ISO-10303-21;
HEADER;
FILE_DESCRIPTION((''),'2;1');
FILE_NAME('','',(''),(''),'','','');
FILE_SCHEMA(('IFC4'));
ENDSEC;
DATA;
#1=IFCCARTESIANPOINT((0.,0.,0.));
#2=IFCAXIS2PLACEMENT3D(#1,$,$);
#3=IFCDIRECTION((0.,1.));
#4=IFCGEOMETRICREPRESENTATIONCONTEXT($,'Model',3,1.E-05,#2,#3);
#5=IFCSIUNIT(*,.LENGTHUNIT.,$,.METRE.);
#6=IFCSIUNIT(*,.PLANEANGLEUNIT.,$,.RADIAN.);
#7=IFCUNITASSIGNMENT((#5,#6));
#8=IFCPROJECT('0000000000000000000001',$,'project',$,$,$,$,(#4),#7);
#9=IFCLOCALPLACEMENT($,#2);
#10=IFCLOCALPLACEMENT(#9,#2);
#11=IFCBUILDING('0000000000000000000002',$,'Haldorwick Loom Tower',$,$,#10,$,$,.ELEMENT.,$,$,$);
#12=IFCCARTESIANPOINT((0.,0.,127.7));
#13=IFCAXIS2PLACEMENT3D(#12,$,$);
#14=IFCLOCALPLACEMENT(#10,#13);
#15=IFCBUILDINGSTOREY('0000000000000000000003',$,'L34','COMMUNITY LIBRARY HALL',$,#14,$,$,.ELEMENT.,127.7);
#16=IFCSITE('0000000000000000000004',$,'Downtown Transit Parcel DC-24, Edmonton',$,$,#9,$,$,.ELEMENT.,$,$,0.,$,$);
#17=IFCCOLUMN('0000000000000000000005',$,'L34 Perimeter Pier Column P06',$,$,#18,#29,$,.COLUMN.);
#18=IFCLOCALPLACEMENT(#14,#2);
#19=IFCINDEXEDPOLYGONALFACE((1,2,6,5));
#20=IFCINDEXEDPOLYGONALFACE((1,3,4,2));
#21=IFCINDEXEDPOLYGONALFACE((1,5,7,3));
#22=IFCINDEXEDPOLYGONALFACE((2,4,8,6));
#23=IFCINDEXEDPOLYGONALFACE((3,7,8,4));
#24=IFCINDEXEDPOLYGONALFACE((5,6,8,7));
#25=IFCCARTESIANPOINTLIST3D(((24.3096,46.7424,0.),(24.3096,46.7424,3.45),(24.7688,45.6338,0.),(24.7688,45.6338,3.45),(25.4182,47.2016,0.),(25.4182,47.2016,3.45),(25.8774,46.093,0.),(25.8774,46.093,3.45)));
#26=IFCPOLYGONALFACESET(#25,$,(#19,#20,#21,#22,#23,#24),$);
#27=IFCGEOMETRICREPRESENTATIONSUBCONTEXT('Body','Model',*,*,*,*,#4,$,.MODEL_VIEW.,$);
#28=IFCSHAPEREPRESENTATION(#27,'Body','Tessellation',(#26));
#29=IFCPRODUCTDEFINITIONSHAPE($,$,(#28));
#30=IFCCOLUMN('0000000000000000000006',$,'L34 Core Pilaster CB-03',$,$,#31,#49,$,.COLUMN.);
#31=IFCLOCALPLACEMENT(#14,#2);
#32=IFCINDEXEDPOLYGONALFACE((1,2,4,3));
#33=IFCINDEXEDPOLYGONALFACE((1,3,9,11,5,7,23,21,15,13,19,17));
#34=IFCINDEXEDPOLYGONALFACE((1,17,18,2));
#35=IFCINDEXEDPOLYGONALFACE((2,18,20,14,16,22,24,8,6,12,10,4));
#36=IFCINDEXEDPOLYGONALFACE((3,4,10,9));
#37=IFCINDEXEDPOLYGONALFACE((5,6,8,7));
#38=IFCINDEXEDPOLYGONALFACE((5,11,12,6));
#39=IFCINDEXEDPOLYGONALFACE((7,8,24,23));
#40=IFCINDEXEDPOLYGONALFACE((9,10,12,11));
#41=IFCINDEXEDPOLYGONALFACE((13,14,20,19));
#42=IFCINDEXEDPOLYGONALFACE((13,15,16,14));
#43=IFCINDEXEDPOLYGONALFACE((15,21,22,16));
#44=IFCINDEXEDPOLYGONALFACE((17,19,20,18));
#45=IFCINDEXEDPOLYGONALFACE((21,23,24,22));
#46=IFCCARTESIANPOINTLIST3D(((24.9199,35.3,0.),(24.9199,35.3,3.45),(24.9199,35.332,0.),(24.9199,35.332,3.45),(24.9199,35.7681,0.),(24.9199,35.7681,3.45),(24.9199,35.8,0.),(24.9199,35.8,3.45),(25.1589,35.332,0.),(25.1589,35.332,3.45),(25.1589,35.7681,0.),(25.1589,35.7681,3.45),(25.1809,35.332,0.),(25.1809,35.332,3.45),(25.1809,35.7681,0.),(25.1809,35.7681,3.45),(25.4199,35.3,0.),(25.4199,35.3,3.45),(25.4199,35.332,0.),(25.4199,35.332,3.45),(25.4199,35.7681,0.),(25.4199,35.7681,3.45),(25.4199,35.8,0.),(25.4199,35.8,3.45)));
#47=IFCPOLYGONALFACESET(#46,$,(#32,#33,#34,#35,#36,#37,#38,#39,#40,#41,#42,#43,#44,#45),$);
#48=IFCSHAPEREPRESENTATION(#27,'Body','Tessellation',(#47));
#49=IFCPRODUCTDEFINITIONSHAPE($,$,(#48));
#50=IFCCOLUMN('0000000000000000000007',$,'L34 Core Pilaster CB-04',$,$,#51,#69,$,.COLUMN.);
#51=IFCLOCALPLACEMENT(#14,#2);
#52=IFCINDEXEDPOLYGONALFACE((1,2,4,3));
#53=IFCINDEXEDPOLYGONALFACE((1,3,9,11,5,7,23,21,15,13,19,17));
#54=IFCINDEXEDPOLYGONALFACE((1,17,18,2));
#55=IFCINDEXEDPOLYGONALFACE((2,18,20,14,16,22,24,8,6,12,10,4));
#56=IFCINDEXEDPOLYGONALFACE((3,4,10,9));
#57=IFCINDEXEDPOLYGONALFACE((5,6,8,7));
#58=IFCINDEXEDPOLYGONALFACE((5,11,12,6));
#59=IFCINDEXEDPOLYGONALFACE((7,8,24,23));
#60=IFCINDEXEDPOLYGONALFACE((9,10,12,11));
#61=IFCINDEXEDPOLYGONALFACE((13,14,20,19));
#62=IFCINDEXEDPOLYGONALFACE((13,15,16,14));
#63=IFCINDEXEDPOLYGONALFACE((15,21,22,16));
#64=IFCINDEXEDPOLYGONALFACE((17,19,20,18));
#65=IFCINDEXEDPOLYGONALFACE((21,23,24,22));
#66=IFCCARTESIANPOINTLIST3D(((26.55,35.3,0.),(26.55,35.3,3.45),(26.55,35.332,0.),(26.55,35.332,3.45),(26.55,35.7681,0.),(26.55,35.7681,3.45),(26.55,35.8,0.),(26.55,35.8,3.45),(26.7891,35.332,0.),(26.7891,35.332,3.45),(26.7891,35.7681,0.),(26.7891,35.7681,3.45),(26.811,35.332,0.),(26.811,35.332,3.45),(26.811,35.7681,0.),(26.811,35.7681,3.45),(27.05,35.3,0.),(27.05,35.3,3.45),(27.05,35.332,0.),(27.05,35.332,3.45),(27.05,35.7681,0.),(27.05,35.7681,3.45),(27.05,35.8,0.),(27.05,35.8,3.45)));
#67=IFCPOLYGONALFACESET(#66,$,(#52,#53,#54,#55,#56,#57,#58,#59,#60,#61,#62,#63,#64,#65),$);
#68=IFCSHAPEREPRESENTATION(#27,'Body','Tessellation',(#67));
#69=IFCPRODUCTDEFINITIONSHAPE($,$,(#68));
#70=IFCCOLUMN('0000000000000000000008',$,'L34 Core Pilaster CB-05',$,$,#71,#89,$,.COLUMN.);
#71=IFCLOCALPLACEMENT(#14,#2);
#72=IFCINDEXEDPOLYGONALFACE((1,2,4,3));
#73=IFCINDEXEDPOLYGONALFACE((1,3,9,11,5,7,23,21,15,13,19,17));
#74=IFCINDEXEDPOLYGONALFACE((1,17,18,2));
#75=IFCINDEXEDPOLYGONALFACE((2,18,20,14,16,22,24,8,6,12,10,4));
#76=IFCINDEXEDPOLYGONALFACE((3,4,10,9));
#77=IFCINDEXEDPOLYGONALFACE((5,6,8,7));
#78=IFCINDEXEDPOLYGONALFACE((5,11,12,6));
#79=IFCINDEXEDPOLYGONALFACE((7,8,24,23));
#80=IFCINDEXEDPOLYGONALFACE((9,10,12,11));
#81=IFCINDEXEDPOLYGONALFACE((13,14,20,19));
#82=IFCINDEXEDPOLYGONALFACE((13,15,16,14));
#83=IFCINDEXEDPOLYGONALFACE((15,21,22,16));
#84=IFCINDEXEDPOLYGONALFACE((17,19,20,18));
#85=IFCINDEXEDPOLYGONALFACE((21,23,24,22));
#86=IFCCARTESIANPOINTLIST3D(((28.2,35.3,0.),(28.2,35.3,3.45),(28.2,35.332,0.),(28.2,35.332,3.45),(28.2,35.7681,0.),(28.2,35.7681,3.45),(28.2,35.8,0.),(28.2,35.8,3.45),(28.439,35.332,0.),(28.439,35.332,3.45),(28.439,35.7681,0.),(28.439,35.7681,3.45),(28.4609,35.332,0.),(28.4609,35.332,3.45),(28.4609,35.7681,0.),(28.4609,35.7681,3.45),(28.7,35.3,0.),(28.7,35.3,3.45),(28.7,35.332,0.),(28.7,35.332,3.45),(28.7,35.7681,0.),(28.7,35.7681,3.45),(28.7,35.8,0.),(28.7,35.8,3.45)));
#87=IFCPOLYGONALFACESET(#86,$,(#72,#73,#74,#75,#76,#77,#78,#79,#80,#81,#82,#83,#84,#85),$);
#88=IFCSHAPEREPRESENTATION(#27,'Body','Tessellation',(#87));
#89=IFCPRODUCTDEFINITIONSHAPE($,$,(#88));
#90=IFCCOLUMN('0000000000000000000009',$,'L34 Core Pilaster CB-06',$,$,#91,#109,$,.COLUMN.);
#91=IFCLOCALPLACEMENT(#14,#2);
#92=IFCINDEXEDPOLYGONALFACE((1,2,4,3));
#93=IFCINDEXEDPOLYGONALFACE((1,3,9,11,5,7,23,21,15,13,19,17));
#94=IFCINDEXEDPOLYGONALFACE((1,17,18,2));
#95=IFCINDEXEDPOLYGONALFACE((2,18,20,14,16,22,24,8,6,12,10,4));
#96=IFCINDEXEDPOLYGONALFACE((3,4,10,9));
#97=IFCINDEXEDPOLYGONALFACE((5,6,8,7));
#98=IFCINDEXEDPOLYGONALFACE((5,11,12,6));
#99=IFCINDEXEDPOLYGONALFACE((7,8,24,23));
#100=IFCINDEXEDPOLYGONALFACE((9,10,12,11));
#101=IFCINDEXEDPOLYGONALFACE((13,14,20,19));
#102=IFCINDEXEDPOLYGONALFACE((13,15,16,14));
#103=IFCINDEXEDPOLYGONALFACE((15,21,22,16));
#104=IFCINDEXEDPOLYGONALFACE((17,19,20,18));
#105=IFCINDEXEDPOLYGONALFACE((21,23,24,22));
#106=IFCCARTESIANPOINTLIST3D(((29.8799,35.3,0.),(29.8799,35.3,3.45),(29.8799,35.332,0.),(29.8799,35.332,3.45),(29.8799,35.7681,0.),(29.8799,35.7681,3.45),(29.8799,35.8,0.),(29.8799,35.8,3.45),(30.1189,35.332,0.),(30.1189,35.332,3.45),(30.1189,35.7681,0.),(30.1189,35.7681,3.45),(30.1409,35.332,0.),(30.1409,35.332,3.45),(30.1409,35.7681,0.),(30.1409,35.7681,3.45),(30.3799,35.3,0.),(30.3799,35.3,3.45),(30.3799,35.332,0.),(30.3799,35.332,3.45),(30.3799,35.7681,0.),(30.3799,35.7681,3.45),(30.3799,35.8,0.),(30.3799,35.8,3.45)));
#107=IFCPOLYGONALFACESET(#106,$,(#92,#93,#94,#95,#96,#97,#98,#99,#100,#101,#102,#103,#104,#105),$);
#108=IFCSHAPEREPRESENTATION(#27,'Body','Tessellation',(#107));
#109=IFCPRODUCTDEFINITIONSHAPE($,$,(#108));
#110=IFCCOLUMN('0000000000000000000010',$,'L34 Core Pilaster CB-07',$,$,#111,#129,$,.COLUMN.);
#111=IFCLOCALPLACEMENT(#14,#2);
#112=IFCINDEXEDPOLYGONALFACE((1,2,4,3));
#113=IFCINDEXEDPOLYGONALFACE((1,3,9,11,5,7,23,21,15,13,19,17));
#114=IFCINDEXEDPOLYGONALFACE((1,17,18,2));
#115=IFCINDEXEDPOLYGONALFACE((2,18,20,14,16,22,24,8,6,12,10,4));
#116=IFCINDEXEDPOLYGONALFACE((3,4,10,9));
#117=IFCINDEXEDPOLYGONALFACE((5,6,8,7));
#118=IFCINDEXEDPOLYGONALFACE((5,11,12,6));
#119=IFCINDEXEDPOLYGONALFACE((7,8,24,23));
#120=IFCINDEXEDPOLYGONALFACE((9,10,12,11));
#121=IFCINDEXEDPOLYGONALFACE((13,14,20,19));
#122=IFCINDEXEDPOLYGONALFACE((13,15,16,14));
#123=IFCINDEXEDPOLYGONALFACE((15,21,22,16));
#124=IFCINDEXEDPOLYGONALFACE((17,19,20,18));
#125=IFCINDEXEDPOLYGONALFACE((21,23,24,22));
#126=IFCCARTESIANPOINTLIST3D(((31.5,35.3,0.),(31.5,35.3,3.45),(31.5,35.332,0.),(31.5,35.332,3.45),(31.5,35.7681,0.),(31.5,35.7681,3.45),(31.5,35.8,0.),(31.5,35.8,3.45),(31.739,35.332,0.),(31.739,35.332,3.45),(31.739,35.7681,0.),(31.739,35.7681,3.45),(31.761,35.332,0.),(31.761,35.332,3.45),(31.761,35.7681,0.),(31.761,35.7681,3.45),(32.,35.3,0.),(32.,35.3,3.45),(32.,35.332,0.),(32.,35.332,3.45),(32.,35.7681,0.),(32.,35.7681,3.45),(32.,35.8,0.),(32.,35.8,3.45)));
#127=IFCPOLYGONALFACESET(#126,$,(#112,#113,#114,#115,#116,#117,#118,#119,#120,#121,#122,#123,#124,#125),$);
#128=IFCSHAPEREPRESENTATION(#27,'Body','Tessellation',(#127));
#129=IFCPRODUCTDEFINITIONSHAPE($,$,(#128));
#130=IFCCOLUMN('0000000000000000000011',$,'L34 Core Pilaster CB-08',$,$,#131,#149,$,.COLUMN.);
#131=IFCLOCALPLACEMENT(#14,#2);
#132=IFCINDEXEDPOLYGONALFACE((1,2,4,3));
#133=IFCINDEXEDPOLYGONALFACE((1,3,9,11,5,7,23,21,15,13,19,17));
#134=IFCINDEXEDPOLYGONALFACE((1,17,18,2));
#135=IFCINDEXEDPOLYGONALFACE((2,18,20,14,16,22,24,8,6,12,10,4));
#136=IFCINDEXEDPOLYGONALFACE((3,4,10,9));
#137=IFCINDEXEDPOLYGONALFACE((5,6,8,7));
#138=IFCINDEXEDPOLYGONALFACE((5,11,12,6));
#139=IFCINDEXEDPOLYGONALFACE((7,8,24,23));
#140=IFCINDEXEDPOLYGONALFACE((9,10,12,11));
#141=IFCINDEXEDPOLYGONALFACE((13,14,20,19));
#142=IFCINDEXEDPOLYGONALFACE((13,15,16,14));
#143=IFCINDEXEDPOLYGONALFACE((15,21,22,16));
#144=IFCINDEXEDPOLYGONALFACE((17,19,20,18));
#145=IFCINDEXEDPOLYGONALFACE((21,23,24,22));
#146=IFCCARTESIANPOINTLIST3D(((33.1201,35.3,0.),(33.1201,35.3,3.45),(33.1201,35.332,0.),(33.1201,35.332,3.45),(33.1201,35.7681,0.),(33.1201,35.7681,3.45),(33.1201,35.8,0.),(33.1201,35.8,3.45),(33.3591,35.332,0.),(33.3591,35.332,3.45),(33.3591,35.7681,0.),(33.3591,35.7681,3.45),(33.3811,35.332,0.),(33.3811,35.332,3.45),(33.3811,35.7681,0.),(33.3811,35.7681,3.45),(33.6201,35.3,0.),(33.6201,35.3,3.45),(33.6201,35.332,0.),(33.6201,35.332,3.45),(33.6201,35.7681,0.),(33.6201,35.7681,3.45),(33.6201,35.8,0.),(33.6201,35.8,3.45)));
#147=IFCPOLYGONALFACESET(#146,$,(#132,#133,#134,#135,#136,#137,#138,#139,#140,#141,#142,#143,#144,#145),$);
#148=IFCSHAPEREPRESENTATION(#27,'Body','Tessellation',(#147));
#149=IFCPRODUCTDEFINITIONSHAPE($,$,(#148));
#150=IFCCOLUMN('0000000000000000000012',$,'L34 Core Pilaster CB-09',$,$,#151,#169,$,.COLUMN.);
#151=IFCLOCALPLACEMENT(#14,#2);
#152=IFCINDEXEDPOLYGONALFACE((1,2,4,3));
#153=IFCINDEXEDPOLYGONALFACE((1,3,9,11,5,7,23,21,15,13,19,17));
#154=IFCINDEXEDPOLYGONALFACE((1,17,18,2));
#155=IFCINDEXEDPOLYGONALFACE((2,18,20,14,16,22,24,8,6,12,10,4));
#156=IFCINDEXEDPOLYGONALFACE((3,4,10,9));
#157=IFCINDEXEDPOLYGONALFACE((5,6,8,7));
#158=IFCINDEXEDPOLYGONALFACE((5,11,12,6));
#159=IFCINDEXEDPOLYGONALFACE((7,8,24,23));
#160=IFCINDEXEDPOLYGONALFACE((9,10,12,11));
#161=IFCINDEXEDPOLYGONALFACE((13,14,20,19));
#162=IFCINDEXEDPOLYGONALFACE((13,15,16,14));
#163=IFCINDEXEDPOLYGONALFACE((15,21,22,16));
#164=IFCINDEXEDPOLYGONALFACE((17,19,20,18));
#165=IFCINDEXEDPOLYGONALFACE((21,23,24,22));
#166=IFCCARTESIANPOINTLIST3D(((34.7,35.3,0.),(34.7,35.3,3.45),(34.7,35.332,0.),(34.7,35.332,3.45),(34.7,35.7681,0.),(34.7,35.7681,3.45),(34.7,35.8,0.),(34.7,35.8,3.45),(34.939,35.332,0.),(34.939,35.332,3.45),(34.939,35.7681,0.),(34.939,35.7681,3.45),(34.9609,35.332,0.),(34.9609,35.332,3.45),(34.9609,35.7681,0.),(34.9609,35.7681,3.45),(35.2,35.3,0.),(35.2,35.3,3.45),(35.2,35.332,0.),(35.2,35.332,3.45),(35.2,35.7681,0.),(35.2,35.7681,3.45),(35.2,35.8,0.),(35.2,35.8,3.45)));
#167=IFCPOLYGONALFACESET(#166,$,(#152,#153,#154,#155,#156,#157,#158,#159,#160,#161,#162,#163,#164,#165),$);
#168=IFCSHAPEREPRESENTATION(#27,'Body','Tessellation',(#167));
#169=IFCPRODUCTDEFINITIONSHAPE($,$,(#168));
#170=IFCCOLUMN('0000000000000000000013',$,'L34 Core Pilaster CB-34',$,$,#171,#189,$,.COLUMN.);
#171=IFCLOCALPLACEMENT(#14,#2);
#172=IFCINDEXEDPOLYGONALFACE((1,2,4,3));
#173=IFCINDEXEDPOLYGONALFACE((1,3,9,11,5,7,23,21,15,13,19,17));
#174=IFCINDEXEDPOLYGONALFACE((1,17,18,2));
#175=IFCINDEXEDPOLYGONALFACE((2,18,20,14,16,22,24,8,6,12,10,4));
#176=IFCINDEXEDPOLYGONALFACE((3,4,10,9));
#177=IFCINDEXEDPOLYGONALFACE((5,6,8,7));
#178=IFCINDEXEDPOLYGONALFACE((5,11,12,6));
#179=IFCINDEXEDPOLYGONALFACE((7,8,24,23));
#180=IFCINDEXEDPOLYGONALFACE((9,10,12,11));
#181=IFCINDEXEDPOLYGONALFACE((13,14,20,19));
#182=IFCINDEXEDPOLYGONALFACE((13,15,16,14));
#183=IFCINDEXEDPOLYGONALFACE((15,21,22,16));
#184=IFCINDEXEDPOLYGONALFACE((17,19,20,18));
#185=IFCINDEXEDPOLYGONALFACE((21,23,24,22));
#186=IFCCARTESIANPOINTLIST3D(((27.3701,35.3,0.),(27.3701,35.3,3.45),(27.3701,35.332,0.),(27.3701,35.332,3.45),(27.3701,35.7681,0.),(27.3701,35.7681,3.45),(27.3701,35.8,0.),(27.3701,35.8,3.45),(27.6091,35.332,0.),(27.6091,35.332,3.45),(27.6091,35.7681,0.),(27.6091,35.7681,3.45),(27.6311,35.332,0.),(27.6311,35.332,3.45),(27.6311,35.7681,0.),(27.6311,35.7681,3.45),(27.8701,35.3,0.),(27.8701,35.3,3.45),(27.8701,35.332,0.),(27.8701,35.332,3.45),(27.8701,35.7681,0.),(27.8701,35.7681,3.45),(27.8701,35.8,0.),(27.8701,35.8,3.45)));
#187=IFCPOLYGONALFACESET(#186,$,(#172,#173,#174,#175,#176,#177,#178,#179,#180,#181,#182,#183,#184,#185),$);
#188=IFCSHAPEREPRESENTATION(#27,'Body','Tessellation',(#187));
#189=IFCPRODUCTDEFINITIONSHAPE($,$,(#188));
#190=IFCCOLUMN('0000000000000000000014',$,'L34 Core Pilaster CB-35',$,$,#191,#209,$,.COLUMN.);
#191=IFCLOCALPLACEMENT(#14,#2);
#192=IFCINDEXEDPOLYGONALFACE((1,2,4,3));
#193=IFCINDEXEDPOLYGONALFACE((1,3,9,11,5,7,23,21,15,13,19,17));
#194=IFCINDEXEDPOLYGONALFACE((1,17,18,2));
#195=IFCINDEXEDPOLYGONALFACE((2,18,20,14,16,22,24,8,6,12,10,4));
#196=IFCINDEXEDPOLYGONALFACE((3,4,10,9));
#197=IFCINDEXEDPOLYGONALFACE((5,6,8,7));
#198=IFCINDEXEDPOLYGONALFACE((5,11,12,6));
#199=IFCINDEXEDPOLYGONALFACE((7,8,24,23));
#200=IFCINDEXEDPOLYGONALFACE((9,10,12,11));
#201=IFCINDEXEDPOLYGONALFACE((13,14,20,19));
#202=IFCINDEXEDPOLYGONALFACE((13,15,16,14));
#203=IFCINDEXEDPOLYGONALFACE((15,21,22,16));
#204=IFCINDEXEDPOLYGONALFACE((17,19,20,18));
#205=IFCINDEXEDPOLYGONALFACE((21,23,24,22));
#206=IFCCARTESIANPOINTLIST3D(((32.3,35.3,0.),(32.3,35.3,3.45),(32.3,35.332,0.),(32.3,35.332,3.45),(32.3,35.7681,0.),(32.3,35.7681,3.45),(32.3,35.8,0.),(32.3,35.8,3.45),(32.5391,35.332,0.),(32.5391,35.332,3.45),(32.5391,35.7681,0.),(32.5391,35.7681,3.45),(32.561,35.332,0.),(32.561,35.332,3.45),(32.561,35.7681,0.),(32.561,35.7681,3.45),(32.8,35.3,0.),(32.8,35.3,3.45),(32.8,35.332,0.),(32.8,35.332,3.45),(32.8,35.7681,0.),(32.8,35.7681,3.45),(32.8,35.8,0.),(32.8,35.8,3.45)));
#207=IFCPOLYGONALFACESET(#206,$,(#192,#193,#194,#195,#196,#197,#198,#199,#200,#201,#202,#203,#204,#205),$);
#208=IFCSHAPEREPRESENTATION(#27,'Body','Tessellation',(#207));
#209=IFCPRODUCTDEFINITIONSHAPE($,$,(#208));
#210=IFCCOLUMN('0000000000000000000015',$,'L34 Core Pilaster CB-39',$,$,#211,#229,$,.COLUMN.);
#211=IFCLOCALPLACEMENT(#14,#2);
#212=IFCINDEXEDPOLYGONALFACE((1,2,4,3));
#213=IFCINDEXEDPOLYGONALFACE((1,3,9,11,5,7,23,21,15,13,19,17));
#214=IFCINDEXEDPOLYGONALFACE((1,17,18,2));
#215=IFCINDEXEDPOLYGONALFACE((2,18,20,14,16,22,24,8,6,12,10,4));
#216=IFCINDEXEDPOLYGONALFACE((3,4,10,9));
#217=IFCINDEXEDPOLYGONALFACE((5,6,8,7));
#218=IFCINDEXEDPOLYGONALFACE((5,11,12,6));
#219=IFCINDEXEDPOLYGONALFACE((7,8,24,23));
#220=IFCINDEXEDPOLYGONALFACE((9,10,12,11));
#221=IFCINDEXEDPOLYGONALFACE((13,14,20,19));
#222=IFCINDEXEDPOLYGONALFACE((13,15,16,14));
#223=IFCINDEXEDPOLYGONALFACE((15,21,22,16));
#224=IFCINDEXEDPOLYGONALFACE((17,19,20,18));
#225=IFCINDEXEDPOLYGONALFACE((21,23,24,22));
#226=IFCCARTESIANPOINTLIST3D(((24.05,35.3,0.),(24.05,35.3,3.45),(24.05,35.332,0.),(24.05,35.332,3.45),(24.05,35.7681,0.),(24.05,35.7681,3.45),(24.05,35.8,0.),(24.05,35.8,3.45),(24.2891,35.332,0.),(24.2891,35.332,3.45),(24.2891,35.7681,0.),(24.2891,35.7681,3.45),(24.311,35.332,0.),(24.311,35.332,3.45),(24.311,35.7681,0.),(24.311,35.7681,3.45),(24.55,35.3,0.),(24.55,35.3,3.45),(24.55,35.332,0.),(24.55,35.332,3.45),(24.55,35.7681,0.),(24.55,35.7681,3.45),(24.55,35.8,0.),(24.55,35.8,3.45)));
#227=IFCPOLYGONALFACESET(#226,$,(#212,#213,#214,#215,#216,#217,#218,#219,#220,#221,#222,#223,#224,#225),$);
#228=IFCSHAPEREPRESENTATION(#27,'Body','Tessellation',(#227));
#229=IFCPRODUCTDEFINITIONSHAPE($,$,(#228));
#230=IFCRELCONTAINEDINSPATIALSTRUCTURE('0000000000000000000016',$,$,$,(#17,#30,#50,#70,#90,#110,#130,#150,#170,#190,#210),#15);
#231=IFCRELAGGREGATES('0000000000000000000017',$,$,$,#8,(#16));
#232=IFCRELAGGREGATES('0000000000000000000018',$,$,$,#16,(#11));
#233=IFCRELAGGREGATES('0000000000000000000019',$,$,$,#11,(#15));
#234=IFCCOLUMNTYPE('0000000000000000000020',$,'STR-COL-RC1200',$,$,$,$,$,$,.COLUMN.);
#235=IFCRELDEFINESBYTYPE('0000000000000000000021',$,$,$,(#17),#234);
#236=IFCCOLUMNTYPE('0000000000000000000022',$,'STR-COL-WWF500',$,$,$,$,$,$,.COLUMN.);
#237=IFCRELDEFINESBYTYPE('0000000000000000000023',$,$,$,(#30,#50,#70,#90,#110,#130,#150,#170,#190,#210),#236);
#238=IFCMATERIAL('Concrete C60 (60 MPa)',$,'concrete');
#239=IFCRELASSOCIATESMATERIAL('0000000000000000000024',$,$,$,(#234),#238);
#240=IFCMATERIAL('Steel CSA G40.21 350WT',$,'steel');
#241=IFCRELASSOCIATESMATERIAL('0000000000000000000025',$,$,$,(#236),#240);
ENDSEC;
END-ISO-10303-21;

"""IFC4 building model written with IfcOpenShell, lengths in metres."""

from ifc_helpers import new_model, si_unit, direction, frame, origin, origin_2d, place, context, subcontext, project, spatial, rectangle, i_section, extrude, material, material_profile, profile_set, type_object, element, save


model = new_model("IFC4")

# Units and contexts
model_context = context("Model", 3, precision=1e-05, world=origin(), true_north=direction((0.0, 1.0)))
body_context = subcontext(model_context, "Body", "Model", "MODEL_VIEW")
ifc_project = project(units=[si_unit("LENGTHUNIT", "METRE"), si_unit("PLANEANGLEUNIT", "RADIAN")], contexts=[model_context])

# Site, building, storey
site_placement = place(None, origin())
site = spatial("IfcSite", under=ifc_project, at=site_placement, Name="Downtown Transit Parcel DC-24, Edmonton", CompositionType="ELEMENT", RefElevation=0.0)
building_placement = place(site_placement, origin())
building = spatial("IfcBuilding", under=site, at=building_placement, Name="Haldorwick Loom Tower", CompositionType="ELEMENT")
storey_placement = place(building_placement, frame((0.0, 0.0, 127.7)))
storey = spatial("IfcBuildingStorey", under=building, at=storey_placement, Name="L34", Description="COMMUNITY LIBRARY HALL", CompositionType="ELEMENT", Elevation=127.7)

# Columns
ifc_material_1 = material(Name="Concrete C60 (60 MPa)", Category="concrete")
ifc_material_profile_1 = material_profile(ifc_material_1, rectangle(XDim=1.2, YDim=1.2, at=origin_2d()), Name="RC1200X1200", Category="concrete")
ifc_profile_set_1 = profile_set([ifc_material_profile_1], Name="Concrete C60 (60 MPa)")
column_type_1 = type_object("IfcColumnType", Name="STR-COL-RC1200", PredefinedType="COLUMN", material=ifc_profile_set_1)
column_placement = place(storey_placement, frame((25.0935, 46.4177, 0.0), z_axis=(0.0, 0.0, 1.0), x_axis=(-0.382683, 0.92388, 0.0)))
element("IfcColumn", 1, at=column_placement, inside=storey, type_object=column_type_1, Name="L34 Perimeter Pier Column P06", PredefinedType="COLUMN", context=body_context, shape_type="SweptSolid", body=[
    extrude(rectangle(XDim=1.2, YDim=1.2, at=origin_2d()), origin(), (0.0, 0.0, 1.0), 3.45),
])
ifc_material_2 = material(Name="Steel CSA G40.21 350WT", Category="steel")
ifc_material_profile_2 = material_profile(ifc_material_2, i_section(OverallWidth=0.5, OverallDepth=0.5, WebThickness=0.022, FlangeThickness=0.032, at=origin_2d()), Name="WWF500X500", Category="steel")
ifc_profile_set_2 = profile_set([ifc_material_profile_2], Name="Steel CSA G40.21 350WT")
column_type_2 = type_object("IfcColumnType", Name="STR-COL-WWF500", PredefinedType="COLUMN", material=ifc_profile_set_2)
for number, where, z_axis, x_axis, name in (
    (2, (25.1699, 35.55, 0.0), (0.0, 0.0, 1.0), (1.0, 0.0, 0.0), "L34 Core Pilaster CB-03"),
    (3, (26.8, 35.55, 0.0), (0.0, 0.0, 1.0), (1.0, 0.0, 0.0), "L34 Core Pilaster CB-04"),
    (4, (28.45, 35.55, 0.0), (0.0, 0.0, 1.0), (1.0, 0.0, 0.0), "L34 Core Pilaster CB-05"),
    (5, (30.1299, 35.55, 0.0), (0.0, 0.0, 1.0), (1.0, 0.0, 0.0), "L34 Core Pilaster CB-06"),
    (6, (31.75, 35.55, 0.0), (0.0, 0.0, 1.0), (1.0, 0.0, 0.0), "L34 Core Pilaster CB-07"),
    (7, (33.3701, 35.55, 0.0), (0.0, 0.0, 1.0), (1.0, 0.0, 0.0), "L34 Core Pilaster CB-08"),
    (8, (34.95, 35.55, 0.0), (0.0, 0.0, 1.0), (1.0, 0.0, 0.0), "L34 Core Pilaster CB-09"),
    (9, (27.6201, 35.55, 0.0), (0.0, 0.0, 1.0), (1.0, 0.0, 0.0), "L34 Core Pilaster CB-34"),
    (10, (32.55, 35.55, 0.0), (0.0, 0.0, 1.0), (1.0, 0.0, 0.0), "L34 Core Pilaster CB-35"),
    (11, (24.3, 35.55, 0.0), (0.0, 0.0, 1.0), (1.0, 0.0, 0.0), "L34 Core Pilaster CB-39"),
):
    element("IfcColumn", number, at=place(storey_placement, frame(where, z_axis=z_axis, x_axis=x_axis)), inside=storey, type_object=column_type_2, Name=name, PredefinedType="COLUMN", context=body_context, shape_type="SweptSolid", body=[
        extrude(i_section(OverallWidth=0.5, OverallDepth=0.5, WebThickness=0.022, FlangeThickness=0.032, at=origin_2d()), origin(), (0.0, 0.0, 1.0), 3.45),
    ])

save(model, "model.ifc")
